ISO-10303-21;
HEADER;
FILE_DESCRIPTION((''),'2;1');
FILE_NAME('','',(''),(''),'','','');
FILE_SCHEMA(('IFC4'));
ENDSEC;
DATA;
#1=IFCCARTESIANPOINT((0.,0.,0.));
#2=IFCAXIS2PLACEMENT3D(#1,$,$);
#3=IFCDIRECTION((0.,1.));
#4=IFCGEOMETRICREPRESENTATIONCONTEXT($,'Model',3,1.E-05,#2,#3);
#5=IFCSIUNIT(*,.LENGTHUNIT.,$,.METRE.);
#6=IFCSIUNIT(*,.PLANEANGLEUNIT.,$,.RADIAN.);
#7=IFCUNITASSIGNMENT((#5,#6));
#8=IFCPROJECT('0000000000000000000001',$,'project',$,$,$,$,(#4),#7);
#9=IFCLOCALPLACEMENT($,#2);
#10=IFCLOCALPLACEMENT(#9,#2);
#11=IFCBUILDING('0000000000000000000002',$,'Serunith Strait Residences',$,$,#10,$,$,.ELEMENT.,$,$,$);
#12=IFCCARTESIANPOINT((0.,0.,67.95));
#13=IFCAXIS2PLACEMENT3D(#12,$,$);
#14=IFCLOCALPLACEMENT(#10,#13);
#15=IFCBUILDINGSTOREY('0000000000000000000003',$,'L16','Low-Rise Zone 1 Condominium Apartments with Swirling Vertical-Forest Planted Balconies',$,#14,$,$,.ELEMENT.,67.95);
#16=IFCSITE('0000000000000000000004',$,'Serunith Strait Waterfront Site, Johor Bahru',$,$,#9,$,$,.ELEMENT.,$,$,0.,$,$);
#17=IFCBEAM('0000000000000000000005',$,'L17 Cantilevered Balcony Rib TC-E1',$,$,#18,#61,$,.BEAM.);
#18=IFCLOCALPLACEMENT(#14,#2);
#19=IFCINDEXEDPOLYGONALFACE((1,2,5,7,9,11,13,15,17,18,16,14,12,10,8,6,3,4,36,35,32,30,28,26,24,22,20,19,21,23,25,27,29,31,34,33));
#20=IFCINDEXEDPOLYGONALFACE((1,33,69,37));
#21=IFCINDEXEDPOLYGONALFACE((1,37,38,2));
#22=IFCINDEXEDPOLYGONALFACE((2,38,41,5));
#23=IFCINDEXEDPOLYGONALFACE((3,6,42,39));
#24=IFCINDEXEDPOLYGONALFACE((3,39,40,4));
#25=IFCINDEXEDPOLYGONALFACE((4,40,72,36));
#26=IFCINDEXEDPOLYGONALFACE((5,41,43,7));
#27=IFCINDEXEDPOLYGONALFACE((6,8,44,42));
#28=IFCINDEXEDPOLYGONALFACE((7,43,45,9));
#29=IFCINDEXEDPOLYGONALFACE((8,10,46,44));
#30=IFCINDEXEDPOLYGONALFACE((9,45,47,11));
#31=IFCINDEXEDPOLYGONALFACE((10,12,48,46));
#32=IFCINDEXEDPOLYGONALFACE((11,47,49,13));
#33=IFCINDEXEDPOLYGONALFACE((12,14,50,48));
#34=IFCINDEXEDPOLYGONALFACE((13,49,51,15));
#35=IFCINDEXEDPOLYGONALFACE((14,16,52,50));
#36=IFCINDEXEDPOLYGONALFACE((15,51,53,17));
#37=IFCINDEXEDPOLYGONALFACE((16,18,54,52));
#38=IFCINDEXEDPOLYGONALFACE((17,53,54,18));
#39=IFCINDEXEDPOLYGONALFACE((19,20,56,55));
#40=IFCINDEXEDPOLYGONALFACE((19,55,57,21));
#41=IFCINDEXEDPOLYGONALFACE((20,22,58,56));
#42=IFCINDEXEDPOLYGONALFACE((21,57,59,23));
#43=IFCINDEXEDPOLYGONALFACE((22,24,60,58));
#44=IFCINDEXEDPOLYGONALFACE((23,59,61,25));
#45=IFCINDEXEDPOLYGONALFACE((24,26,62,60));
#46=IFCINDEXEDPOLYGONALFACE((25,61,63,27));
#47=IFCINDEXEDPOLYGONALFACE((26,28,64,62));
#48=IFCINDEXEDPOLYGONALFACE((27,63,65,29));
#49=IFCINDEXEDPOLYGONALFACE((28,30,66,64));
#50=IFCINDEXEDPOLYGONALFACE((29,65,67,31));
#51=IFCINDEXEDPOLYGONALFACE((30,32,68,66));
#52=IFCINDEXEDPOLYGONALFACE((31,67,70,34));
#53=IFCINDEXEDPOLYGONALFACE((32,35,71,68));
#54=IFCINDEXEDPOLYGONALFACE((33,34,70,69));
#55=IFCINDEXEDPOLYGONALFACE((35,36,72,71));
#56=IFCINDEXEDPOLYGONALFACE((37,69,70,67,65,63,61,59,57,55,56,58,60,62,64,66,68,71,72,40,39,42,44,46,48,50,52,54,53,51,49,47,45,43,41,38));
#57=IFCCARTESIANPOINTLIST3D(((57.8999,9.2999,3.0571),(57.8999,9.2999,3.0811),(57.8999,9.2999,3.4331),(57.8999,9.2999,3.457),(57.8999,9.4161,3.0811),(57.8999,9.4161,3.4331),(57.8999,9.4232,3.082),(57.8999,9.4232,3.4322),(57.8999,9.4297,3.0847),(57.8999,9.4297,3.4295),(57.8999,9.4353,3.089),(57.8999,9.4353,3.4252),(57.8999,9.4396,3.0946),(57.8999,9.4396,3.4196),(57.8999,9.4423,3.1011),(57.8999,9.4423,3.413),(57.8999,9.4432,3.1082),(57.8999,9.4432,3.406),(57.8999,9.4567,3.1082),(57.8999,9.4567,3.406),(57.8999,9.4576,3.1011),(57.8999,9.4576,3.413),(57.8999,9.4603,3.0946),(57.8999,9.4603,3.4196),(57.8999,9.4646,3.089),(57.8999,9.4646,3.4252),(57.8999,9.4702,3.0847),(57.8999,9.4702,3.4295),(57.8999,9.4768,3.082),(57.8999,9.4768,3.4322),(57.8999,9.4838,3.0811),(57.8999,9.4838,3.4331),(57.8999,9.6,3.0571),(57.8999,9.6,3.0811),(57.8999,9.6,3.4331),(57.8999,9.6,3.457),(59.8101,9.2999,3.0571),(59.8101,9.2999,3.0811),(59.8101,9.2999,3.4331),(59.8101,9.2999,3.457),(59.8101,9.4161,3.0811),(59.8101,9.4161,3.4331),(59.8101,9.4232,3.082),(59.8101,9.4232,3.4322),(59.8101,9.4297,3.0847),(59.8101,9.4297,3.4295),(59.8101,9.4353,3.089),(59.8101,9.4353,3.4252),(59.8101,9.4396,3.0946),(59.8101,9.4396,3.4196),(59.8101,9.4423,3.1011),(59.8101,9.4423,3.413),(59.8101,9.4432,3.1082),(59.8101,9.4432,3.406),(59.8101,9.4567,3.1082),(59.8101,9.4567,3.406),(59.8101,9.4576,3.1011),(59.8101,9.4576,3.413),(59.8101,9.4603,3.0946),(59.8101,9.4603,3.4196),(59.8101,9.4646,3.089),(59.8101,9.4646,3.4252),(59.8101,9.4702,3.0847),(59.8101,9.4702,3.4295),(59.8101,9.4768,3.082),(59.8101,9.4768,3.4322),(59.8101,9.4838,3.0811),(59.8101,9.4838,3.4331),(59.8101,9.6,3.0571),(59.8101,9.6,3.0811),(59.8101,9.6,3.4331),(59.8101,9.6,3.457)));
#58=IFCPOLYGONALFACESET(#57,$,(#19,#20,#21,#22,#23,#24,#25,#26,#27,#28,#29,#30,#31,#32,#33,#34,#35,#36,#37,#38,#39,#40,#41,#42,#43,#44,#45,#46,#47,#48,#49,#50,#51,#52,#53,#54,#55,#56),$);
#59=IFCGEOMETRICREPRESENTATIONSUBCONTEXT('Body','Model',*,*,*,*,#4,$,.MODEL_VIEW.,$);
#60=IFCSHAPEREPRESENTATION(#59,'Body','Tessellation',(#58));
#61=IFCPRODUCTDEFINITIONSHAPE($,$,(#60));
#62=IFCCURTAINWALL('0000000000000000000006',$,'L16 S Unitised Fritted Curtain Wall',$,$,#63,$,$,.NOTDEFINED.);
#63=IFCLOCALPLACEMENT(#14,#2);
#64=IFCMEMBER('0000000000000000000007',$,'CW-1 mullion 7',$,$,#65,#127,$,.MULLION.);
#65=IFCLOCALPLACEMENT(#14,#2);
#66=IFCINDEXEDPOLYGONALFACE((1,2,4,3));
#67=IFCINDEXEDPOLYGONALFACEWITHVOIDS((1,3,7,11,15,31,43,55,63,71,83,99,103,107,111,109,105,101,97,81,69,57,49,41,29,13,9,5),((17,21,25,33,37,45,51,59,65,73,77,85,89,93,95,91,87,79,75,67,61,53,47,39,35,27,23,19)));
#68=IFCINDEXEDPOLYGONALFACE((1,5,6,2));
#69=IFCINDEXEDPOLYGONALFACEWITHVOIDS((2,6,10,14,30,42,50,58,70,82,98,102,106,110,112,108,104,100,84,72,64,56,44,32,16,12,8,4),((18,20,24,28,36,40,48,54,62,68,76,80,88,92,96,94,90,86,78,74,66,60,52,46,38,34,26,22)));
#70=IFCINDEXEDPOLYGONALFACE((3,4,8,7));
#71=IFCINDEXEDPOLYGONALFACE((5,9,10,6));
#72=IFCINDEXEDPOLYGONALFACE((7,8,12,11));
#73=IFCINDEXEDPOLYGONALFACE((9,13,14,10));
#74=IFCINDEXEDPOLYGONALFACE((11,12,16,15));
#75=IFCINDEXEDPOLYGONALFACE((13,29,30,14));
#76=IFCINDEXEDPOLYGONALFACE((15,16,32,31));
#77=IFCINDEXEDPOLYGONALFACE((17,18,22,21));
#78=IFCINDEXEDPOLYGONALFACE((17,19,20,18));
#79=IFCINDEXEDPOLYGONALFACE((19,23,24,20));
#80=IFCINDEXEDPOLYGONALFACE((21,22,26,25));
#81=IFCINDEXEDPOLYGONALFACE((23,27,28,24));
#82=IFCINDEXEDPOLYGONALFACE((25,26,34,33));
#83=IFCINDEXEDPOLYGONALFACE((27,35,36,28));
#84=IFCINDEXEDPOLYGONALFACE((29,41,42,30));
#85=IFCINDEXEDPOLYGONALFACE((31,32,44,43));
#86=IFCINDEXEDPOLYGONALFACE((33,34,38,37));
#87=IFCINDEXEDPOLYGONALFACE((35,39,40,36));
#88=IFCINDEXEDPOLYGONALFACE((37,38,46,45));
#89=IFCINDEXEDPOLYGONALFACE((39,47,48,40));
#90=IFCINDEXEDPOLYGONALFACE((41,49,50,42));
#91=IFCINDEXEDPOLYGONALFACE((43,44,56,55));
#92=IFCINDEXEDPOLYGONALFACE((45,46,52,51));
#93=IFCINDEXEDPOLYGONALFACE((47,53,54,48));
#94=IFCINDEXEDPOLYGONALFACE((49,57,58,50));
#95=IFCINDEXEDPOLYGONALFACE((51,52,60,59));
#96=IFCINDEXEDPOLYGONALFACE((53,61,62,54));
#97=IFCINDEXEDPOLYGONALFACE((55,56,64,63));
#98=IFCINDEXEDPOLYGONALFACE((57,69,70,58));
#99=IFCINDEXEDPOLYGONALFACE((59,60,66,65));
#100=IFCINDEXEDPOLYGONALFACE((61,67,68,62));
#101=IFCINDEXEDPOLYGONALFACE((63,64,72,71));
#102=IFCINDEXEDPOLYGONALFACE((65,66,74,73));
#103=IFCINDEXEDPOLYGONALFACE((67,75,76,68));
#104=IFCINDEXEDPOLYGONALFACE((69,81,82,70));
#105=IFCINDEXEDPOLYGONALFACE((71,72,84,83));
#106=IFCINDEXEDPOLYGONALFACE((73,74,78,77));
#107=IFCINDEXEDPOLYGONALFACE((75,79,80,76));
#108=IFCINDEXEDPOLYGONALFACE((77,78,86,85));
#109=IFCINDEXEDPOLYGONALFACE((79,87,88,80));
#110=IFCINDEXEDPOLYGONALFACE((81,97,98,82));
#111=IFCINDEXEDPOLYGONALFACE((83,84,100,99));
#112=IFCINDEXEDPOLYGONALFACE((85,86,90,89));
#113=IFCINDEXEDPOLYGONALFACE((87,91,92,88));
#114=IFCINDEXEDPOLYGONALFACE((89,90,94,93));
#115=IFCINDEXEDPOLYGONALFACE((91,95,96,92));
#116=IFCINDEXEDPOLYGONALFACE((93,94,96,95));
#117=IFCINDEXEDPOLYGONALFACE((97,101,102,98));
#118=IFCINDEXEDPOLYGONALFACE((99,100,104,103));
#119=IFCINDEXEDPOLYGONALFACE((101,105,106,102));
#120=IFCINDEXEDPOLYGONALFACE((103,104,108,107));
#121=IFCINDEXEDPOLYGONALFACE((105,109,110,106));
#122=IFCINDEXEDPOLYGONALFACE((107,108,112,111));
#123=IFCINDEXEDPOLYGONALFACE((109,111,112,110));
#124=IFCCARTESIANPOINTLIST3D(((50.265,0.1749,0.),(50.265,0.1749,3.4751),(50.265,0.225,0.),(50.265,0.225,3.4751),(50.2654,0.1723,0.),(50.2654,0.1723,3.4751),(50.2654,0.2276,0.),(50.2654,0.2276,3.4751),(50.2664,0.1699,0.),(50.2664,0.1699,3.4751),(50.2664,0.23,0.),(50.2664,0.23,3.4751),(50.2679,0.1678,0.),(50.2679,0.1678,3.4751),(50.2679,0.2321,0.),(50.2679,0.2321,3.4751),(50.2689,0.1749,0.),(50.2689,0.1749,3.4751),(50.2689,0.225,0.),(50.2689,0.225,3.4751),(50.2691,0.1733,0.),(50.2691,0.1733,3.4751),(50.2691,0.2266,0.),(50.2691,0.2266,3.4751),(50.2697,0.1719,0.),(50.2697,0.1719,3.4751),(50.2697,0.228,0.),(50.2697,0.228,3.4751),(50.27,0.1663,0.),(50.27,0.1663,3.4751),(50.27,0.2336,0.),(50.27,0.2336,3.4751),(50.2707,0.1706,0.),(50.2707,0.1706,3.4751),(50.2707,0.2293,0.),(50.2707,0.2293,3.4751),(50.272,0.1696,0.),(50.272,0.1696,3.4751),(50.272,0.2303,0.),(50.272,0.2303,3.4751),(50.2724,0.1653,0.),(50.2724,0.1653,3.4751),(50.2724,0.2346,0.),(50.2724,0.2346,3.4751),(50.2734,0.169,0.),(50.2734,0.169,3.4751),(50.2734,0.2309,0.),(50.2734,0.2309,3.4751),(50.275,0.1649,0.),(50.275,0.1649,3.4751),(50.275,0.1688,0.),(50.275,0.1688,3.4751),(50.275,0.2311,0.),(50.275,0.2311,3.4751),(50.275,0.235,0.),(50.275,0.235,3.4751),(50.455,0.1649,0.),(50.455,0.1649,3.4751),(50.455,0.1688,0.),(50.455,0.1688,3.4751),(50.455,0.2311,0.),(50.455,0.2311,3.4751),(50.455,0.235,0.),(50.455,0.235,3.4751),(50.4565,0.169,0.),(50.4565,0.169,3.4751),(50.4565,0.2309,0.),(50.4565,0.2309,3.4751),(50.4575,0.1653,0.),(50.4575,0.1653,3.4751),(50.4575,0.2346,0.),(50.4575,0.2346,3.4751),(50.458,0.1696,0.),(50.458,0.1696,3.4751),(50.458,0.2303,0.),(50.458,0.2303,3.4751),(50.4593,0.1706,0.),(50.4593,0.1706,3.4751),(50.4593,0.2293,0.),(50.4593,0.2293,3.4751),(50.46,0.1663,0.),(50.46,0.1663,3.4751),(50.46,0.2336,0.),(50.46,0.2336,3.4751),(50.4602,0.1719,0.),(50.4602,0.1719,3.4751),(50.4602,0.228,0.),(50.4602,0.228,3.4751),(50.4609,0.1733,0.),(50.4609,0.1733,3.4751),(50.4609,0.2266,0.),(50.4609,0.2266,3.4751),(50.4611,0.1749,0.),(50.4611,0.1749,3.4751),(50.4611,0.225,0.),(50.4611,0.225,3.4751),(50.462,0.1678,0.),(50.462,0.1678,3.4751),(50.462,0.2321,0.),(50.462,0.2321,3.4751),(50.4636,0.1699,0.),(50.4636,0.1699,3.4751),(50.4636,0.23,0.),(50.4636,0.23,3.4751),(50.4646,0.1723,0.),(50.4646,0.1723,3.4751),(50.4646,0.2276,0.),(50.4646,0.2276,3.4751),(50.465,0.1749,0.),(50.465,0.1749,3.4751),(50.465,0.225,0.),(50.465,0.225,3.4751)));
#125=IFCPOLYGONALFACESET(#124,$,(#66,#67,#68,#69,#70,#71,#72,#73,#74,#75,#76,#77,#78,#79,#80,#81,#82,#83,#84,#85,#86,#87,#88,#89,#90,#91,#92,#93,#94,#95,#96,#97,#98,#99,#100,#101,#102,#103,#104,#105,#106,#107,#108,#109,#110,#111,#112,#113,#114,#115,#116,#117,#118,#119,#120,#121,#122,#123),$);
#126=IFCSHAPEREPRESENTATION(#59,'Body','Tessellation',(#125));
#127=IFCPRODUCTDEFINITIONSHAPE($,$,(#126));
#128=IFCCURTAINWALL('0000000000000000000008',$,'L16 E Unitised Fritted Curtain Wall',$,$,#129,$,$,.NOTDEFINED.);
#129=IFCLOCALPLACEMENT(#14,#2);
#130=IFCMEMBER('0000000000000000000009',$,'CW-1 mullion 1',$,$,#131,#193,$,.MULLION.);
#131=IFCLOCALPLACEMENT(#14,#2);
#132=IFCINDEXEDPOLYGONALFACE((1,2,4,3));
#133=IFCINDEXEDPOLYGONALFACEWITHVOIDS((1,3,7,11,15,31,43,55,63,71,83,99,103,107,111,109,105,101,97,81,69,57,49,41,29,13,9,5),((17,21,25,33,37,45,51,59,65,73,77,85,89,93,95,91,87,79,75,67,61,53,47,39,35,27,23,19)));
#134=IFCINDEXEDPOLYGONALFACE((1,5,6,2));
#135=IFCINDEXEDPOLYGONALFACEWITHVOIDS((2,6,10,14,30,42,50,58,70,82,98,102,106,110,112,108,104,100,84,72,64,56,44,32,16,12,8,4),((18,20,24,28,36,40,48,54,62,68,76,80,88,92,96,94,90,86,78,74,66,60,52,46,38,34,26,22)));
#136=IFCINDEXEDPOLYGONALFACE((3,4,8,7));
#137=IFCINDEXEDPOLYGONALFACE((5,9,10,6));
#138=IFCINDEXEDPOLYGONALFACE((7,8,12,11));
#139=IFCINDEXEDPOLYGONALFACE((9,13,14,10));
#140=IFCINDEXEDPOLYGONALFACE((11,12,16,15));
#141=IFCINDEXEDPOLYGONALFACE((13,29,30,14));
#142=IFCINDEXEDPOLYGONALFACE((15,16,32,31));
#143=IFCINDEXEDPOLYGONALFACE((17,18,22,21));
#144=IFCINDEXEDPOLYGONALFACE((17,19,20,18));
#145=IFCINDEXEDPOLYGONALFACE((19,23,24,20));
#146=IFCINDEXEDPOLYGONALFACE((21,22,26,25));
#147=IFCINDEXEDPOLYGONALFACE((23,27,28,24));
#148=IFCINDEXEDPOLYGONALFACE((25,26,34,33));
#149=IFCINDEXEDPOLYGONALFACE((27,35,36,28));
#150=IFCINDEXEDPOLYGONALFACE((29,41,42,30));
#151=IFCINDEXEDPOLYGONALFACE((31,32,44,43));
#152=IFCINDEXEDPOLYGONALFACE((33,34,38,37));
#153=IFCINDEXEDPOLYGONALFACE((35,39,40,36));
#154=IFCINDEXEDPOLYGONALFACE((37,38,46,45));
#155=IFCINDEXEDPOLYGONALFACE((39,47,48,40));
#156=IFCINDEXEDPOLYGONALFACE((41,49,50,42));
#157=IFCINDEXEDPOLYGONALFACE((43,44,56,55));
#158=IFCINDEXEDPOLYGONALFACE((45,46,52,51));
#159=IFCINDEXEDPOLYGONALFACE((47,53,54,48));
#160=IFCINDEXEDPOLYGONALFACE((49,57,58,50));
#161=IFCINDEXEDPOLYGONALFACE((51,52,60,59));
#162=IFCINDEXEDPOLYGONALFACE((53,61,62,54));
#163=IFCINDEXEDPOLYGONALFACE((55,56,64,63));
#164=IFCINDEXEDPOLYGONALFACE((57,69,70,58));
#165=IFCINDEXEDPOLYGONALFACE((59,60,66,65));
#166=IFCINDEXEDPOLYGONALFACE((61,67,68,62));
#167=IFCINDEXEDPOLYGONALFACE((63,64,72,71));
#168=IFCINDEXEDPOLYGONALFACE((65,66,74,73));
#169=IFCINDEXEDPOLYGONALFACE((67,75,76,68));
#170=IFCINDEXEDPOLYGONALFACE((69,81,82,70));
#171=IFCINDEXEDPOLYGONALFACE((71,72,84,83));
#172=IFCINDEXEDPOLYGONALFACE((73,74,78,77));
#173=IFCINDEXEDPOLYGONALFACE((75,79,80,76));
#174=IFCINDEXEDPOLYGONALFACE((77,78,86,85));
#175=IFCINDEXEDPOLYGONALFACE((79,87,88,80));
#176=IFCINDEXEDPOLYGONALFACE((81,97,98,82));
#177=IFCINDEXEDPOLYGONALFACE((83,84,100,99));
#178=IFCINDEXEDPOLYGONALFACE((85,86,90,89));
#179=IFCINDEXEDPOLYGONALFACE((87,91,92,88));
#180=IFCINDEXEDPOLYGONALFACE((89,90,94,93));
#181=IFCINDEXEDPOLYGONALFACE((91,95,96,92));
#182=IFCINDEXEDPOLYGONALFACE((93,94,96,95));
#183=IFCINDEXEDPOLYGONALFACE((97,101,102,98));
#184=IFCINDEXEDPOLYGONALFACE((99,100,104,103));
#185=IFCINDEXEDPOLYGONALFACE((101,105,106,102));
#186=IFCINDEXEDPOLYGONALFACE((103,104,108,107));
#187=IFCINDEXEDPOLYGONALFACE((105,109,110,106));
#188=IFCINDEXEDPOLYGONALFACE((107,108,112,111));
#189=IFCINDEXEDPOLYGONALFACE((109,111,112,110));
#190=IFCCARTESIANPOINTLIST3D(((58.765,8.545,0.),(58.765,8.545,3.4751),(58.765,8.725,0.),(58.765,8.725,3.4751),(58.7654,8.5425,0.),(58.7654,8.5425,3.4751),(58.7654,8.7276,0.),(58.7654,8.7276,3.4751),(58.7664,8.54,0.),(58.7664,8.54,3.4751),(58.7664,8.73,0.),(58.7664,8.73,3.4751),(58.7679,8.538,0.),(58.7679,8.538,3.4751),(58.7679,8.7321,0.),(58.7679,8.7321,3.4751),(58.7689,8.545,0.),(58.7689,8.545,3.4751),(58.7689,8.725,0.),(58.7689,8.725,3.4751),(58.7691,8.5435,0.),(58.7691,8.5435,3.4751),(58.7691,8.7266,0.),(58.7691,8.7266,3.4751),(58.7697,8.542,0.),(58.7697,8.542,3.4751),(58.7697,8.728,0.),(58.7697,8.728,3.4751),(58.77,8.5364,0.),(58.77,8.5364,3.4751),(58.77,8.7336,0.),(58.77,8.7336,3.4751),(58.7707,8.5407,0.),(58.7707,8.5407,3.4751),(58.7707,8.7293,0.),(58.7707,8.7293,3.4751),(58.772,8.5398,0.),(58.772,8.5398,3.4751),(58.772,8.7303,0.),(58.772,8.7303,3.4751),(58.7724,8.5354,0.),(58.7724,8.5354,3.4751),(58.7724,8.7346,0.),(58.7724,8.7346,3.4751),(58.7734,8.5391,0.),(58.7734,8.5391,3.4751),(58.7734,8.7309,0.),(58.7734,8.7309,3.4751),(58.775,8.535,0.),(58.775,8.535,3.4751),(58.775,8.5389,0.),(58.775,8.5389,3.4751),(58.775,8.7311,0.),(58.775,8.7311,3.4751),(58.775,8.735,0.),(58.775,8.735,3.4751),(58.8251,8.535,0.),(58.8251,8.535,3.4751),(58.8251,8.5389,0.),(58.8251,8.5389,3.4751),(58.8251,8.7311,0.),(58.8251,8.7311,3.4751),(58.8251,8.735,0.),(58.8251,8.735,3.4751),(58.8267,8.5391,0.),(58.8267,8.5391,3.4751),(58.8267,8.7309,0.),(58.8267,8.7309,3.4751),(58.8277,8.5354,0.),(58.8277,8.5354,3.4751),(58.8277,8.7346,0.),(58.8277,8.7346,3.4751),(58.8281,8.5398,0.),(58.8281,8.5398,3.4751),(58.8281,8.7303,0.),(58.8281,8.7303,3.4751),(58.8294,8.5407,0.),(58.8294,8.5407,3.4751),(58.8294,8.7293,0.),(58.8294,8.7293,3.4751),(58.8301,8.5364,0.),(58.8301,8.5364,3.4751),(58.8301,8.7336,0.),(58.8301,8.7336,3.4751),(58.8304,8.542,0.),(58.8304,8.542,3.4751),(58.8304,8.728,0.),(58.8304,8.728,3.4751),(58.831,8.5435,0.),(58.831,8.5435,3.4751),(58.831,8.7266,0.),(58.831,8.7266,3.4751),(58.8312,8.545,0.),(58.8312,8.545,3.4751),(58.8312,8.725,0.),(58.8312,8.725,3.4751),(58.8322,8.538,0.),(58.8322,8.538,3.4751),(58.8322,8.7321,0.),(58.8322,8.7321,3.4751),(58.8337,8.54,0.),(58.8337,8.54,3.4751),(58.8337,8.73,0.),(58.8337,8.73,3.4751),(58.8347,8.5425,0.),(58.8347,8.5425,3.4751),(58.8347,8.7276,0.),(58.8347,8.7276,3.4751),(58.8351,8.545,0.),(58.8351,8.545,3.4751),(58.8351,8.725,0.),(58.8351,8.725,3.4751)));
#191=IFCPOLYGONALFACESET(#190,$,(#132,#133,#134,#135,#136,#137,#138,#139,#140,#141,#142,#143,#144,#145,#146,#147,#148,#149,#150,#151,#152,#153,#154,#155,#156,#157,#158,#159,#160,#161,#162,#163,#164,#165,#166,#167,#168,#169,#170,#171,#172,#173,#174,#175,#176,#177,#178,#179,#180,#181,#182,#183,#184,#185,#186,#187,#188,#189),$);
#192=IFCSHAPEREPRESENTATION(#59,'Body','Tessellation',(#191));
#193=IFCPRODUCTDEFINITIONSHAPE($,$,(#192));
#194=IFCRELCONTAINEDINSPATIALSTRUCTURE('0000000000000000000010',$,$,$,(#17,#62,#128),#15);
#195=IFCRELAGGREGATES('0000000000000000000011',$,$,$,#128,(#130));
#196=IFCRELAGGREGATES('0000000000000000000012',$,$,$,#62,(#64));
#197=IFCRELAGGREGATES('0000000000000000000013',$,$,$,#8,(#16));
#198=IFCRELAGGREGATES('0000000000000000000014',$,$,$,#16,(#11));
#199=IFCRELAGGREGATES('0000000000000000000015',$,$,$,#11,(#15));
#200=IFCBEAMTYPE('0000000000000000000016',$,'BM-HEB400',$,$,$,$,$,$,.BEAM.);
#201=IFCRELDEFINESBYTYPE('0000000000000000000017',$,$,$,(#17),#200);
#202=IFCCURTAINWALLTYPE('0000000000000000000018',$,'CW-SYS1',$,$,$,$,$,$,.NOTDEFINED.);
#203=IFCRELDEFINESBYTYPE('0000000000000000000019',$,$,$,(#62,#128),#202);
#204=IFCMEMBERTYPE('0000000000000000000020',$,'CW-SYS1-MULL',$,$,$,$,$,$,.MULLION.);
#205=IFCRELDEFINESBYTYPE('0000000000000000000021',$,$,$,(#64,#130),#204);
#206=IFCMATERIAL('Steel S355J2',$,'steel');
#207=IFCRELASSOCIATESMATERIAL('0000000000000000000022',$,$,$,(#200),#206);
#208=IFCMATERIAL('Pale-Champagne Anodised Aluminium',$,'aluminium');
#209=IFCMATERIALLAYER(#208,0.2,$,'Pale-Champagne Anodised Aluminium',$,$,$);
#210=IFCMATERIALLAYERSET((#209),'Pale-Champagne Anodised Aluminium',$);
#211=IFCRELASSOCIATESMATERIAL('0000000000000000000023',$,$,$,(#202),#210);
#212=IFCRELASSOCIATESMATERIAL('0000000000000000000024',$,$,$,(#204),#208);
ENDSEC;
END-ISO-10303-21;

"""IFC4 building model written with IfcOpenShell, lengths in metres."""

from ifc_helpers import new_model, si_unit, direction, frame, origin, origin_2d, place, context, subcontext, project, spatial, hollow_rectangle, i_section, extrude, source, transform, mapped, material, layer, layer_set, material_profile, profile_set, type_object, element, aggregate, save


model = new_model("IFC4")

# Units and contexts
model_context = context("Model", 3, precision=1e-05, world=origin(), true_north=direction((0.0, 1.0)))
body_context = subcontext(model_context, "Body", "Model", "MODEL_VIEW")
ifc_project = project(units=[si_unit("LENGTHUNIT", "METRE"), si_unit("PLANEANGLEUNIT", "RADIAN")], contexts=[model_context])

# Site, building, storey
site_placement = place(None, origin())
site = spatial("IfcSite", under=ifc_project, at=site_placement, Name="Serunith Strait Waterfront Site, Johor Bahru", CompositionType="ELEMENT", RefElevation=0.0)
building_placement = place(site_placement, origin())
building = spatial("IfcBuilding", under=site, at=building_placement, Name="Serunith Strait Residences", CompositionType="ELEMENT")
storey_placement = place(building_placement, frame((0.0, 0.0, 67.95)))
storey = spatial("IfcBuildingStorey", under=building, at=storey_placement, Name="L16", Description="Low-Rise Zone 1 Condominium Apartments with Swirling Vertical-Forest Planted Balconies", CompositionType="ELEMENT", Elevation=67.95)

# Beam
ifc_material_1 = material(Name="Steel S355J2", Category="steel")
ifc_material_profile_1 = material_profile(ifc_material_1, i_section(OverallWidth=0.3, OverallDepth=0.3999, WebThickness=0.0134, FlangeThickness=0.0239, FilletRadius=0.0271, at=origin_2d()), Name="HEB 400")
ifc_profile_set_1 = profile_set([ifc_material_profile_1], Name="Steel S355J2")
beam_type_1 = type_object("IfcBeamType", Name="BM-HEB400", PredefinedType="BEAM", material=ifc_profile_set_1)
shared_shape_1 = source(origin(), body_context, "Body", "SweptSolid", [
    extrude(i_section(OverallWidth=0.3, OverallDepth=0.3999, WebThickness=0.0134, FlangeThickness=0.0239, FilletRadius=0.0271, at=origin_2d()), origin(), (0.0, 0.0, 1.0), 1.9102),
])
for number, where, z_axis, x_axis, name in (
    (1, (57.8999, 9.45, 3.2571), (1.0, 0.0, 0.0), (0.0, 1.0, 0.0), "L17 Cantilevered Balcony Rib TC-E1"),
):
    element("IfcBeam", number, at=place(storey_placement, frame(where, z_axis=z_axis, x_axis=x_axis)), inside=storey, type_object=beam_type_1, Name=name, PredefinedType="BEAM", context=body_context, shape_type="MappedRepresentation", body=[
        mapped(shared_shape_1, transform((0.0, 0.0, 0.0), scale=1.0)),
    ])

# Curtain wall, member
ifc_material_2 = material(Name="Pale-Champagne Anodised Aluminium", Category="aluminium")
ifc_layer_1 = layer(ifc_material_2, 0.2, Name="Pale-Champagne Anodised Aluminium")
ifc_layer_set_1 = layer_set([ifc_layer_1], Name="Pale-Champagne Anodised Aluminium")
curtain_wall_type = type_object("IfcCurtainWallType", Name="CW-SYS1", PredefinedType="NOTDEFINED", material=ifc_layer_set_1)
curtain_wall_1_placement = place(storey_placement, origin())
curtain_wall_1 = element("IfcCurtainWall", 2, at=curtain_wall_1_placement, inside=storey, type_object=curtain_wall_type, Name="L16 S Unitised Fritted Curtain Wall", PredefinedType="NOTDEFINED")
ifc_material_profile_2 = material_profile(ifc_material_2, hollow_rectangle(XDim=0.0701, YDim=0.2, WallThickness=0.0039, InnerFilletRadius=0.0061, OuterFilletRadius=0.01, at=origin_2d()), Name="ALU 200x70x4")
ifc_profile_set_2 = profile_set([ifc_material_profile_2], Name="Pale-Champagne Anodised Aluminium")
member_type_1 = type_object("IfcMemberType", Name="CW-SYS1-MULL", PredefinedType="MULLION", material=ifc_profile_set_2)
shared_shape_2 = source(origin(), body_context, "Body", "SweptSolid", [
    extrude(hollow_rectangle(XDim=0.0701, YDim=0.2, WallThickness=0.0039, InnerFilletRadius=0.0061, OuterFilletRadius=0.01, at=origin_2d()), origin(), (0.0, 0.0, 1.0), 3.4751),
])
member_1_placement = place(storey_placement, frame((50.365, 0.2, 0.0), z_axis=(0.0, 0.0, 1.0), x_axis=(0.0, 1.0, 0.0)))
member_1 = element("IfcMember", 3, at=member_1_placement, type_object=member_type_1, Name="CW-1 mullion 7", PredefinedType="MULLION", context=body_context, shape_type="MappedRepresentation", body=[
    mapped(shared_shape_2, transform((0.0, 0.0, 0.0), scale=1.0)),
])

# Curtain wall, member
curtain_wall_2_placement = place(storey_placement, origin())
curtain_wall_2 = element("IfcCurtainWall", 4, at=curtain_wall_2_placement, inside=storey, type_object=curtain_wall_type, Name="L16 E Unitised Fritted Curtain Wall", PredefinedType="NOTDEFINED")
member_2_placement = place(storey_placement, frame((58.8, 8.635, 0.0), z_axis=(0.0, 0.0, 1.0), x_axis=(-1.0, 0.0, 0.0)))
member_2 = element("IfcMember", 5, at=member_2_placement, type_object=member_type_1, Name="CW-1 mullion 1", PredefinedType="MULLION", context=body_context, shape_type="MappedRepresentation", body=[
    mapped(shared_shape_2, transform((0.0, 0.0, 0.0), scale=1.0)),
])
aggregate(curtain_wall_2, [member_2])

aggregate(curtain_wall_1, [member_1])

save(model, "model.ifc")
